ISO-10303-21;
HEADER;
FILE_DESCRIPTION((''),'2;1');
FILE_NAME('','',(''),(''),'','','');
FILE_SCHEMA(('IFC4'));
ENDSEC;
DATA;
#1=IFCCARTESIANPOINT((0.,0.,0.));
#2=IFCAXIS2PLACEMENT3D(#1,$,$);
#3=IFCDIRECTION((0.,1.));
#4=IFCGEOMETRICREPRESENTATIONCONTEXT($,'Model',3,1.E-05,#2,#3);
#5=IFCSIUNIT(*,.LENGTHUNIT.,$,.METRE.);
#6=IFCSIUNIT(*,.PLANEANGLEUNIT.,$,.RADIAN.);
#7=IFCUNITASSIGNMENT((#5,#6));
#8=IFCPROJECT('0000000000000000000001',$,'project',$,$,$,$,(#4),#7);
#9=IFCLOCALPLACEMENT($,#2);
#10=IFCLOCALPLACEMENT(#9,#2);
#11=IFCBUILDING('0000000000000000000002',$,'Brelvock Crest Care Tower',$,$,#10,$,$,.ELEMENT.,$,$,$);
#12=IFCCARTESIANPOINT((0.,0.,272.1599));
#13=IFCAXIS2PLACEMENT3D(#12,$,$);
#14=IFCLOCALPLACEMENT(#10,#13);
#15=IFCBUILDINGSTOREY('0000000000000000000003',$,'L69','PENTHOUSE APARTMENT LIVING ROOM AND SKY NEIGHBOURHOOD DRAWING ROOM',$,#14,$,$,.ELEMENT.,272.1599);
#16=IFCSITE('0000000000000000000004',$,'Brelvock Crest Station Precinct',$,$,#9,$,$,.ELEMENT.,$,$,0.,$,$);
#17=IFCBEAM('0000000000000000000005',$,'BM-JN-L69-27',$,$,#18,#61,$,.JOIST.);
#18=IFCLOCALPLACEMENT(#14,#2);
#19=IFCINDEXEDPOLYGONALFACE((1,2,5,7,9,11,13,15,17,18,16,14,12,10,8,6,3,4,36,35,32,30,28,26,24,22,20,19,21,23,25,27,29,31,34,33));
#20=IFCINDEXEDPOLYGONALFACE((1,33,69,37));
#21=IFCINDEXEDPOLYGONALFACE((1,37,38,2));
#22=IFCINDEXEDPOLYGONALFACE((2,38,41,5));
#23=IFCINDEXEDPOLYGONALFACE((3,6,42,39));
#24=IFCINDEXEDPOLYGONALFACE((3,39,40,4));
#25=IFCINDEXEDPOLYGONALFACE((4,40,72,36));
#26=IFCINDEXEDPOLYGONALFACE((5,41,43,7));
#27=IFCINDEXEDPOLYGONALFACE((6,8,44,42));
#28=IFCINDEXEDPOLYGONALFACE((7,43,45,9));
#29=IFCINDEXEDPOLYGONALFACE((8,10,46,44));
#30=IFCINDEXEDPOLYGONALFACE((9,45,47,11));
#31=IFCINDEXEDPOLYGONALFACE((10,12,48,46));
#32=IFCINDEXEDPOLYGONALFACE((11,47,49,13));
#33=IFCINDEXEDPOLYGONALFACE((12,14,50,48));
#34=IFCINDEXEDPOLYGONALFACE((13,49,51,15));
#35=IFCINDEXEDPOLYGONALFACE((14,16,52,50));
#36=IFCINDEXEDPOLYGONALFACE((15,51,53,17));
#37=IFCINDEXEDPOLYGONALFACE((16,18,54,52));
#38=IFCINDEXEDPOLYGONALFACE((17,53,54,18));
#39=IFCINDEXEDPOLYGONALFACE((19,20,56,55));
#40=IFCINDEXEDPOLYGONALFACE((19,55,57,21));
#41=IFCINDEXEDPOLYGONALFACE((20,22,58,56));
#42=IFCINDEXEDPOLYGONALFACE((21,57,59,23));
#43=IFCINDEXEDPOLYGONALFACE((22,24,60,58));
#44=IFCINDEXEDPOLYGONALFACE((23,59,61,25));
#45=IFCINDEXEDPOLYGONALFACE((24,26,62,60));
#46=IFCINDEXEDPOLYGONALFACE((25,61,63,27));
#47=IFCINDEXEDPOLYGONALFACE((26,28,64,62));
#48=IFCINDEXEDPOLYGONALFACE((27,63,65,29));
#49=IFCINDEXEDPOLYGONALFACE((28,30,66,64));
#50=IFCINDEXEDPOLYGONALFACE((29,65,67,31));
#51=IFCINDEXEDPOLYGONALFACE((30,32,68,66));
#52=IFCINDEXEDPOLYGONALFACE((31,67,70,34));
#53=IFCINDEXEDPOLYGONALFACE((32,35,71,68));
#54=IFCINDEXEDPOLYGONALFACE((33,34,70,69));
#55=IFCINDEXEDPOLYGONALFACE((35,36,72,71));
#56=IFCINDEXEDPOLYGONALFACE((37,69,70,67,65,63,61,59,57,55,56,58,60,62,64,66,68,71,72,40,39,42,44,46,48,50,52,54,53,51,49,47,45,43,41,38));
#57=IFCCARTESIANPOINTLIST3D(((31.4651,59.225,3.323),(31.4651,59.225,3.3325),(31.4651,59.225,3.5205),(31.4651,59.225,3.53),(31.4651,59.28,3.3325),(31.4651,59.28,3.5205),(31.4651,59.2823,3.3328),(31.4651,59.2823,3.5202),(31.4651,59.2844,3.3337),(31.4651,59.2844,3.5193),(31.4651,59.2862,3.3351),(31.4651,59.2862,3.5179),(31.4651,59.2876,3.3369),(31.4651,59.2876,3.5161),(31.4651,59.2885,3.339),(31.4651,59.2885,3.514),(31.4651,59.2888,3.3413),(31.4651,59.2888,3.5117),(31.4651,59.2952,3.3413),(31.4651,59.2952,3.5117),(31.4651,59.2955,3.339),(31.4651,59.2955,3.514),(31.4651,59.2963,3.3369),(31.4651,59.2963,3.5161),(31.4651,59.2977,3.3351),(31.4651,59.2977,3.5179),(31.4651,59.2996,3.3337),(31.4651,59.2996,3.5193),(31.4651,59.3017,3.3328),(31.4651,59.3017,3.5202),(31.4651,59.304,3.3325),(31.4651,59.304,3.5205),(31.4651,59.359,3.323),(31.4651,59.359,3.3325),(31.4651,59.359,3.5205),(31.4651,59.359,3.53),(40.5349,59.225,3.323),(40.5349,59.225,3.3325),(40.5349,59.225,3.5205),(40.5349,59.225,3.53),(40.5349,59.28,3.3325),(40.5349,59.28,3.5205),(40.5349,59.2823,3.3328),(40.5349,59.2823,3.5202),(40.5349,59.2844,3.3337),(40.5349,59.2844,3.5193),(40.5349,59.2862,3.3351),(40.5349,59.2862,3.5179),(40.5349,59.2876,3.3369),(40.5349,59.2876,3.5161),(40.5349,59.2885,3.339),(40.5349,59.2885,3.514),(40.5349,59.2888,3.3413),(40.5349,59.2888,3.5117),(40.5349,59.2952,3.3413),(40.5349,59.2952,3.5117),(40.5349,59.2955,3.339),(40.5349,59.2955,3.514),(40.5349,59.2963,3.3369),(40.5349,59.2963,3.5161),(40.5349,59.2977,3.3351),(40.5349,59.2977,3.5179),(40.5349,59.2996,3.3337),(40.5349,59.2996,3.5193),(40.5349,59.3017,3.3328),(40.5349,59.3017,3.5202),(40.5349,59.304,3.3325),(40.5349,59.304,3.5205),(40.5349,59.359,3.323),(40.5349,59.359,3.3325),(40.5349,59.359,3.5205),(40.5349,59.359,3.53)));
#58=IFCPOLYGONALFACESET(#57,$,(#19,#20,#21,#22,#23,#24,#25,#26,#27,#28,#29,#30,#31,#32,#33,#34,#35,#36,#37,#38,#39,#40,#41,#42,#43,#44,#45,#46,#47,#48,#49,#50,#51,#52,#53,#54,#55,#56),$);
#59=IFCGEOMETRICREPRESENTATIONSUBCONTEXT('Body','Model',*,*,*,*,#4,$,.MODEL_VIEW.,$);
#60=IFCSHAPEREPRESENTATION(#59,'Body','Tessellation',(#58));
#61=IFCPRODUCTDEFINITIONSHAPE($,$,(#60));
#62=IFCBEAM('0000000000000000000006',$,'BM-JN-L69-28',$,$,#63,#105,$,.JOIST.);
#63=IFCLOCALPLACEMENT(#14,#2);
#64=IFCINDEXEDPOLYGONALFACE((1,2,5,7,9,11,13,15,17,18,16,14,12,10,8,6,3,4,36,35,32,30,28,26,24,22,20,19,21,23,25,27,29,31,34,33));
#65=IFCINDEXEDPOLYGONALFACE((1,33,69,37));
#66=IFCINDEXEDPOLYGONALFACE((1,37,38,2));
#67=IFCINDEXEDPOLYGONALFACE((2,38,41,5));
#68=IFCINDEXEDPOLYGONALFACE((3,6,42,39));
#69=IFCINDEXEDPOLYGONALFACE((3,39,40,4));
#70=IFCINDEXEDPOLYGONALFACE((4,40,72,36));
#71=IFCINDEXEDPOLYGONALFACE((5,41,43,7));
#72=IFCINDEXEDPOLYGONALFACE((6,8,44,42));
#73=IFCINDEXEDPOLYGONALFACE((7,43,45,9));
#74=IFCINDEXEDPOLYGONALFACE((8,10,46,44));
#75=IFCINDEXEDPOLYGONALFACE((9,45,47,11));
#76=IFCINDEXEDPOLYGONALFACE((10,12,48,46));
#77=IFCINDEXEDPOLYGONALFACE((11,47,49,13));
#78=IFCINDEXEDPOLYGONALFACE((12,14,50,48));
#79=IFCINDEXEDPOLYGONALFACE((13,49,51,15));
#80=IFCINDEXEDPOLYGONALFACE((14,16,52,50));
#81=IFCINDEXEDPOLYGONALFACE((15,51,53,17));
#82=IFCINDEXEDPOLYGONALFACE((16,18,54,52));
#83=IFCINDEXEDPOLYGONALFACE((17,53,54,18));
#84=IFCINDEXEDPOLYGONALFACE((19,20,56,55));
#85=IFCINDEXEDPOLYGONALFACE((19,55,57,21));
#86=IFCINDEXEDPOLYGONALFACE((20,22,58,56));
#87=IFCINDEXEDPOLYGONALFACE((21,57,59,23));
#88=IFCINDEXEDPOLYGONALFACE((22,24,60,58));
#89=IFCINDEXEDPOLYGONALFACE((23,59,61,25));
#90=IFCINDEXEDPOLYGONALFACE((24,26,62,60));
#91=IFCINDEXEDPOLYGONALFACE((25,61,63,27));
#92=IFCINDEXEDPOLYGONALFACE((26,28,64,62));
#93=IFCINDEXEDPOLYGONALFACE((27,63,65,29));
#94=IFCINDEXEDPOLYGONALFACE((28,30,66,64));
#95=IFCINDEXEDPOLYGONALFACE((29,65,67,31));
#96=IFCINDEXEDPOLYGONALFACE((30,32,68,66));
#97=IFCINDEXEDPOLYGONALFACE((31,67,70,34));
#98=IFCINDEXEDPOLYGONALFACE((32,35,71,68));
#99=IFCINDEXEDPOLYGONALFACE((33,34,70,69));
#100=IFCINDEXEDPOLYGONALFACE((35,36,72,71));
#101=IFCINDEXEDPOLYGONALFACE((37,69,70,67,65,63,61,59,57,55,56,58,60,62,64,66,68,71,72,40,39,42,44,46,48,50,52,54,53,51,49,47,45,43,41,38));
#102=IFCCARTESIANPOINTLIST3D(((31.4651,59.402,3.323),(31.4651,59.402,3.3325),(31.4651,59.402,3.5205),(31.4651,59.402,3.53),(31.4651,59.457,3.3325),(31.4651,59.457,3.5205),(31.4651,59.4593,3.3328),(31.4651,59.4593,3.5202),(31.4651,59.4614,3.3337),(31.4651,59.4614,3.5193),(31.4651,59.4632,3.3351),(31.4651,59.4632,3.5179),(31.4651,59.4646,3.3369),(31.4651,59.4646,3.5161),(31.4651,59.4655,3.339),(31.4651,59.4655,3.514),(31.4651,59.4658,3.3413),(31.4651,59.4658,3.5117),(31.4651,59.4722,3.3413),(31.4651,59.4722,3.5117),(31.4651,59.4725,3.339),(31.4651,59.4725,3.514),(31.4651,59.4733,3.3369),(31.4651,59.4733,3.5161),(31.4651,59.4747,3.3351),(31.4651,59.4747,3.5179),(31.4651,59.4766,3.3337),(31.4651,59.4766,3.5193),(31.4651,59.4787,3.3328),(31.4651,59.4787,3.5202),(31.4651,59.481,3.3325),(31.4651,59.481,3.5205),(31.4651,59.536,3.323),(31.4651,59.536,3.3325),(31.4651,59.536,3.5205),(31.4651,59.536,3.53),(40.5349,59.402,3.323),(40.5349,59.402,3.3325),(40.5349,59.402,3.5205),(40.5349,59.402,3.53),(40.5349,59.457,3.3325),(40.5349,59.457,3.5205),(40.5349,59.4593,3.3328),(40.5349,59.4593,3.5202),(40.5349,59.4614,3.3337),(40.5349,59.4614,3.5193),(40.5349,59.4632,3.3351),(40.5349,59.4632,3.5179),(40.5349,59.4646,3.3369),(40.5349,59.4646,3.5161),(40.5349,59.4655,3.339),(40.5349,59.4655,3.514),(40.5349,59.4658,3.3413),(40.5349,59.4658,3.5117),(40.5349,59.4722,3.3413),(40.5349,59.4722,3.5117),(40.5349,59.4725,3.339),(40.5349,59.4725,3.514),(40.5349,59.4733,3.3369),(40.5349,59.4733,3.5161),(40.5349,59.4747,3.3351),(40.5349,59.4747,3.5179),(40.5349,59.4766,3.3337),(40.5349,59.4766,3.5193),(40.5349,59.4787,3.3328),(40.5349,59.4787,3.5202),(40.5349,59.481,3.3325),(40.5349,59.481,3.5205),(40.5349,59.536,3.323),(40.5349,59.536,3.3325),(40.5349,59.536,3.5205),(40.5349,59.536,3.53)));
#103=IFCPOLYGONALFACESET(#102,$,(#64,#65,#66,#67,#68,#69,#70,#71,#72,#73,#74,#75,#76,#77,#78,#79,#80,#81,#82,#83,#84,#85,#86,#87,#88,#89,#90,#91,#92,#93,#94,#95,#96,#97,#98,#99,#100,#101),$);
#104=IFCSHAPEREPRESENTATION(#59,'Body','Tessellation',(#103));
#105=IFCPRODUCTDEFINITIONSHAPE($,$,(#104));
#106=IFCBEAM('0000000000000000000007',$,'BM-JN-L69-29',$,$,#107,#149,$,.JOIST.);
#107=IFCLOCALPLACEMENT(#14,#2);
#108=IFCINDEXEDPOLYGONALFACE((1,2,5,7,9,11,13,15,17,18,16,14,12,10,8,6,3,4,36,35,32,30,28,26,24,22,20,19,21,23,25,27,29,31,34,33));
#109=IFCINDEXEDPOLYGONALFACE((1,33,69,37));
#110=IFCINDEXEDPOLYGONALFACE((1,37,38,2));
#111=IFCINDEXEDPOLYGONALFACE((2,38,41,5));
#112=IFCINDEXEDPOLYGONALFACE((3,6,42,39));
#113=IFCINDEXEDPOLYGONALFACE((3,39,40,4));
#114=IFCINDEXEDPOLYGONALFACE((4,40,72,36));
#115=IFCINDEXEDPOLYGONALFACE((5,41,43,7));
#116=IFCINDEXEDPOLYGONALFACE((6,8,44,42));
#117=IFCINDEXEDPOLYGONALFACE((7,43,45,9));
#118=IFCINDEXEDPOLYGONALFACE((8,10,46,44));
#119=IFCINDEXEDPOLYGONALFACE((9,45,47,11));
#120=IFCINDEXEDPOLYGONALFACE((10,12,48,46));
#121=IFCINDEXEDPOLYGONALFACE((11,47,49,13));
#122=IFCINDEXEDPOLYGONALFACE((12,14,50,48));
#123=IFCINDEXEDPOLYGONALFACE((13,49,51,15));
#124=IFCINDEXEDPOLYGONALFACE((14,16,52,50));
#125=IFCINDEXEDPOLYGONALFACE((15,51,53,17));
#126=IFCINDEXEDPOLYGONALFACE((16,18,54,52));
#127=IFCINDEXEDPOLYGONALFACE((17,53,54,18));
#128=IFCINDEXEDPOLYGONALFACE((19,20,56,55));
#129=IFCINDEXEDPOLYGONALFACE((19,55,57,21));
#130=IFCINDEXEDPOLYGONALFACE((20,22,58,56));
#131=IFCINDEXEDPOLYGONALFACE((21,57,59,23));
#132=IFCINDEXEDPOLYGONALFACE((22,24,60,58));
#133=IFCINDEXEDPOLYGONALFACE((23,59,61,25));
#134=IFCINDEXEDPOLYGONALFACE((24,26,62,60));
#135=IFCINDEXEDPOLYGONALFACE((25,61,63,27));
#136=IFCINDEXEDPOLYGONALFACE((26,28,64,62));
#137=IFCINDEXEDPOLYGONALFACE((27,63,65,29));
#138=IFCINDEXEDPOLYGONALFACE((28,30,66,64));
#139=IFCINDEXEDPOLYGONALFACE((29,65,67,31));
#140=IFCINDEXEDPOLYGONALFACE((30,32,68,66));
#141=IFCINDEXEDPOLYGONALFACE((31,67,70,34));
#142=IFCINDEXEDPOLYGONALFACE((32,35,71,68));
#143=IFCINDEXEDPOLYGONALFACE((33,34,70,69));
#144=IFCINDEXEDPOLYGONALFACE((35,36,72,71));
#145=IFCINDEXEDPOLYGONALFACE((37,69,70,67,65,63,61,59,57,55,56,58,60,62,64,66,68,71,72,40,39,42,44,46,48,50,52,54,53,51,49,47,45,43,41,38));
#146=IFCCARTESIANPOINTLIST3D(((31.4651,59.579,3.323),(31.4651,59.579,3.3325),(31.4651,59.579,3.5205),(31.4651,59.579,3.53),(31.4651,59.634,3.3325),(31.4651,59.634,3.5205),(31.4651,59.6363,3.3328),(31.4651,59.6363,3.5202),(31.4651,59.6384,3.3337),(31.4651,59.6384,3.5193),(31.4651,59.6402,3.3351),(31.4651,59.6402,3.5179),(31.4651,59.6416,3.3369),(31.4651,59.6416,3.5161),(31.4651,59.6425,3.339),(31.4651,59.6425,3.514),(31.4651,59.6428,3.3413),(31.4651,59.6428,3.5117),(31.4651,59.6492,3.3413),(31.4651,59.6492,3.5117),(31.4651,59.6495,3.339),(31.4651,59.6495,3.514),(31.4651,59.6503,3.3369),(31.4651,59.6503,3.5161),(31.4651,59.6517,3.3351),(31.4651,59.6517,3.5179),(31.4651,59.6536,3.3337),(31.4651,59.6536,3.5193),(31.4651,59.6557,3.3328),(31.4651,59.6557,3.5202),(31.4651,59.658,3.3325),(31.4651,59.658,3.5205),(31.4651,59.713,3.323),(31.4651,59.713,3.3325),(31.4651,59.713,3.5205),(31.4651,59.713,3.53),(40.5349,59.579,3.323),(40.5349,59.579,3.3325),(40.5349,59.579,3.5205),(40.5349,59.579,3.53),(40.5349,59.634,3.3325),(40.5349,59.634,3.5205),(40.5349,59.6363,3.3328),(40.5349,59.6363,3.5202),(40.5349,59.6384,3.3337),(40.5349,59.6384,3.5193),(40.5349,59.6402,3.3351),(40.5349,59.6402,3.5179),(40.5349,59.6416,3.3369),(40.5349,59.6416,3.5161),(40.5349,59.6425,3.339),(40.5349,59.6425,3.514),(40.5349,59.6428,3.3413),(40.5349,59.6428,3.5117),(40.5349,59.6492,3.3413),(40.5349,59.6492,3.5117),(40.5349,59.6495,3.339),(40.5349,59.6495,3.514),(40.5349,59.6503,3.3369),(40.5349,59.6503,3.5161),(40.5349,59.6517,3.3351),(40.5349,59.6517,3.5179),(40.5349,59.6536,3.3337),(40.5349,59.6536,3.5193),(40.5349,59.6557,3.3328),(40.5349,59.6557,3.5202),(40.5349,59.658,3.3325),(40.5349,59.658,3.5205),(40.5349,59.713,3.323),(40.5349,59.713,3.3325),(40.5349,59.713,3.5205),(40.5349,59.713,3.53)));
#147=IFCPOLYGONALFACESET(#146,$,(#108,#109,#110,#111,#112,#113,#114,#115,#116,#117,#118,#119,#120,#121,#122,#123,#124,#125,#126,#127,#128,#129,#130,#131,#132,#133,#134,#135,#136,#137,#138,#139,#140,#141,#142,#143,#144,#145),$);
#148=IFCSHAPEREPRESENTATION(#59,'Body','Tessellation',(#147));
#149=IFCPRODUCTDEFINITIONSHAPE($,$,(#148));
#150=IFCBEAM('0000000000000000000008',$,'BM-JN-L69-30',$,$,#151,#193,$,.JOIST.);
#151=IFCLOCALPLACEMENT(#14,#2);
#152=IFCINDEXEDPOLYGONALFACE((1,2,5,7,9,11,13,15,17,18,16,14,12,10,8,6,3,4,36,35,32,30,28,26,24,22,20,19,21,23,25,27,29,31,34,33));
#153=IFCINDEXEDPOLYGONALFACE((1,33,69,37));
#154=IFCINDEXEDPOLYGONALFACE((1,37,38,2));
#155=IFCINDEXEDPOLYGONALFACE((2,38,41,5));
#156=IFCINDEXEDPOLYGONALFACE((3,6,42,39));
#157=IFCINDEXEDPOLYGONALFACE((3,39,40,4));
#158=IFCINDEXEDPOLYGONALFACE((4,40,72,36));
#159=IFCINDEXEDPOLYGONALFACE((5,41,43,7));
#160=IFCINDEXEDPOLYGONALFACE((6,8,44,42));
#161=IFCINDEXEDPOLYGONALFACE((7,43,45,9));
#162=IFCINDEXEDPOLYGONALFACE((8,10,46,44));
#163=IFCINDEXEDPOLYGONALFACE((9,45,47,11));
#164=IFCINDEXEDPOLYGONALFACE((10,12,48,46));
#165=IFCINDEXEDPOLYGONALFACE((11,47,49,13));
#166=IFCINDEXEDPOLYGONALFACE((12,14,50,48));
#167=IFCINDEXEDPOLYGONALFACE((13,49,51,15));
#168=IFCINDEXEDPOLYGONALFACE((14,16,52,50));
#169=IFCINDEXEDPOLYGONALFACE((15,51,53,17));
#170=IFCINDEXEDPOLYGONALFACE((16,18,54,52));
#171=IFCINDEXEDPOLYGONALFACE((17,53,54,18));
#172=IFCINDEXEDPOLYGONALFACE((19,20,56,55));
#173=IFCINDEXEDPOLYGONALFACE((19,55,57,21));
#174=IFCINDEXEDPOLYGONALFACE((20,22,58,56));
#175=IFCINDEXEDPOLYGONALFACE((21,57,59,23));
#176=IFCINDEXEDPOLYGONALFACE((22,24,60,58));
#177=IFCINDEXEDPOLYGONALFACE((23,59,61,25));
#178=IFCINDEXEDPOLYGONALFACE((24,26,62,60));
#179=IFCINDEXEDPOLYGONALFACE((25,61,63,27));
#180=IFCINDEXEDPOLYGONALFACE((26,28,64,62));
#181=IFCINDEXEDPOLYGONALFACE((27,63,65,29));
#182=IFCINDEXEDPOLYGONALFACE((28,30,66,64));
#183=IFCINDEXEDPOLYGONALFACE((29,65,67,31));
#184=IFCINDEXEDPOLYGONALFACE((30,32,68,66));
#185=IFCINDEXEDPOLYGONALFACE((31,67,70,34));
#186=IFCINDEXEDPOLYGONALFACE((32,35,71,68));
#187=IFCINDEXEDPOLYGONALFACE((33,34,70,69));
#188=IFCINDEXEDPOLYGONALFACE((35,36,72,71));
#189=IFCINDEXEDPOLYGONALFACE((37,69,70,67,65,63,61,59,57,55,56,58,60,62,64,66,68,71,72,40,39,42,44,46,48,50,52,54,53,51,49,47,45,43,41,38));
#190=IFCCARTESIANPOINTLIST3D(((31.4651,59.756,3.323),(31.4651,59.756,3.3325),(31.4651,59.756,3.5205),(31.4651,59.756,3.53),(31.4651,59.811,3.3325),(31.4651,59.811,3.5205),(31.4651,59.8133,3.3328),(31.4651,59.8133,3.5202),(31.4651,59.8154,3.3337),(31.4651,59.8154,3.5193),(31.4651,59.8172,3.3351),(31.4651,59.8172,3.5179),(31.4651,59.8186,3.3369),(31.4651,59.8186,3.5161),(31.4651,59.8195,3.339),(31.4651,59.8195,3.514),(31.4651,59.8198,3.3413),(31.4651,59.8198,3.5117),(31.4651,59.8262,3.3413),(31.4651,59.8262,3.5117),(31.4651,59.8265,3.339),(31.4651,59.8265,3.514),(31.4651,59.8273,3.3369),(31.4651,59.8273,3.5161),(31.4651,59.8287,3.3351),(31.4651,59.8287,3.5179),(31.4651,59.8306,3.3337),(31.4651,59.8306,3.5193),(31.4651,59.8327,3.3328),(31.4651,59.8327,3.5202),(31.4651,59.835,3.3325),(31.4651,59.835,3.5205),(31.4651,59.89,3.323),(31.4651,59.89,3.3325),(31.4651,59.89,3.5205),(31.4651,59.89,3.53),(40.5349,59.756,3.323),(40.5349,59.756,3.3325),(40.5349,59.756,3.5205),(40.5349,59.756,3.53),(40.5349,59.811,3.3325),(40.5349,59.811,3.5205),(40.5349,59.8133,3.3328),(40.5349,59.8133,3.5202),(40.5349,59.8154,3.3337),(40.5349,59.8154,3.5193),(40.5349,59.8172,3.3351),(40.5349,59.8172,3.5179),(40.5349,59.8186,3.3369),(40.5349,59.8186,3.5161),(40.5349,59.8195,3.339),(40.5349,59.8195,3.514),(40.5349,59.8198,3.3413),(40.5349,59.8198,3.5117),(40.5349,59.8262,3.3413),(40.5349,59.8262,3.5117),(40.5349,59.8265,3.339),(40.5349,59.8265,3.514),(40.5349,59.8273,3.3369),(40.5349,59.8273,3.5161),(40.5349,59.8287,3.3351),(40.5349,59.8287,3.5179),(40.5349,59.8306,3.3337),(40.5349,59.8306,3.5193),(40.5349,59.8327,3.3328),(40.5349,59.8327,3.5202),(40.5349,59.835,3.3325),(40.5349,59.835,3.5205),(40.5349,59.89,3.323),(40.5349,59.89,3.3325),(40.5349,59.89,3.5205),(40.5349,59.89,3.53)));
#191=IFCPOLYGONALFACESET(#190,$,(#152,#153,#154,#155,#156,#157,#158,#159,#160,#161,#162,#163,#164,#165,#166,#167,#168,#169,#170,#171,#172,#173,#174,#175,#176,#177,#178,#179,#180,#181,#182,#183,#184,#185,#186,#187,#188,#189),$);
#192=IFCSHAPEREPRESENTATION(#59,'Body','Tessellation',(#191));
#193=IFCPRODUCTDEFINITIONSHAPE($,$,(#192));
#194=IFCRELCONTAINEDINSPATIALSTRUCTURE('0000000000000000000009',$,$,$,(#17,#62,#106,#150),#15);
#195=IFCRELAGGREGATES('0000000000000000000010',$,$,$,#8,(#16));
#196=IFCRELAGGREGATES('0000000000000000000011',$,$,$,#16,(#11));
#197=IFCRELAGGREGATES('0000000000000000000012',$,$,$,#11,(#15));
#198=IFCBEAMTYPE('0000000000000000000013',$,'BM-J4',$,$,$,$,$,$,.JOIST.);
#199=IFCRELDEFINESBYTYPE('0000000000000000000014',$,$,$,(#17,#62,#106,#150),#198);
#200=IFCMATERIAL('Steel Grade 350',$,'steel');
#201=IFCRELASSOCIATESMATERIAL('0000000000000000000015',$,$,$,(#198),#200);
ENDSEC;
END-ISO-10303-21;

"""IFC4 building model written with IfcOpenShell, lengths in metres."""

from ifc_helpers import new_model, si_unit, direction, frame, origin, origin_2d, place, context, subcontext, project, spatial, i_section, extrude, source, transform, mapped, material, material_profile, profile_set, type_object, element, save


model = new_model("IFC4")

# Units and contexts
model_context = context("Model", 3, precision=1e-05, world=origin(), true_north=direction((0.0, 1.0)))
body_context = subcontext(model_context, "Body", "Model", "MODEL_VIEW")
ifc_project = project(units=[si_unit("LENGTHUNIT", "METRE"), si_unit("PLANEANGLEUNIT", "RADIAN")], contexts=[model_context])

# Site, building, storey
site_placement = place(None, origin())
site = spatial("IfcSite", under=ifc_project, at=site_placement, Name="Brelvock Crest Station Precinct", CompositionType="ELEMENT", RefElevation=0.0)
building_placement = place(site_placement, origin())
building = spatial("IfcBuilding", under=site, at=building_placement, Name="Brelvock Crest Care Tower", CompositionType="ELEMENT")
storey_placement = place(building_placement, frame((0.0, 0.0, 272.1599)))
storey = spatial("IfcBuildingStorey", under=building, at=storey_placement, Name="L69", Description="PENTHOUSE APARTMENT LIVING ROOM AND SKY NEIGHBOURHOOD DRAWING ROOM", CompositionType="ELEMENT", Elevation=272.1599)

# Shared definitions
ifc_material_1 = material(Name="Steel Grade 350", Category="steel")

# Beams
ifc_material_profile_1 = material_profile(ifc_material_1, i_section(OverallWidth=0.134, OverallDepth=0.207, WebThickness=0.0063, FlangeThickness=0.0095, FilletRadius=0.0088, at=origin_2d()), Name="200UB29.8")
ifc_profile_set_1 = profile_set([ifc_material_profile_1], Name="Steel Grade 350")
beam_type_1 = type_object("IfcBeamType", Name="BM-J4", PredefinedType="JOIST", material=ifc_profile_set_1)
shared_shape_1 = source(origin(), body_context, "Body", "SweptSolid", [
    extrude(i_section(OverallWidth=0.134, OverallDepth=0.207, WebThickness=0.0063, FlangeThickness=0.0095, FilletRadius=0.0088, at=origin_2d()), origin(), (0.0, 0.0, 1.0), 9.0698),
])
for number, where, z_axis, x_axis, name in (
    (1, (31.4651, 59.292, 3.4265), (1.0, 0.0, 0.0), (0.0, 1.0, 0.0), "BM-JN-L69-27"),
    (2, (31.4651, 59.469, 3.4265), (1.0, 0.0, 0.0), (0.0, 1.0, 0.0), "BM-JN-L69-28"),
    (3, (31.4651, 59.646, 3.4265), (1.0, 0.0, 0.0), (0.0, 1.0, 0.0), "BM-JN-L69-29"),
    (4, (31.4651, 59.823, 3.4265), (1.0, 0.0, 0.0), (0.0, 1.0, 0.0), "BM-JN-L69-30"),
):
    element("IfcBeam", number, at=place(storey_placement, frame(where, z_axis=z_axis, x_axis=x_axis)), inside=storey, type_object=beam_type_1, Name=name, PredefinedType="JOIST", context=body_context, shape_type="MappedRepresentation", body=[
        mapped(shared_shape_1, transform((0.0, 0.0, 0.0), x_axis=(1.0, 0.0, 0.0), y_axis=(0.0, 1.0, 0.0), z_axis=(0.0, 0.0, 1.0), scale=1.0)),
    ])

save(model, "model.ifc")
